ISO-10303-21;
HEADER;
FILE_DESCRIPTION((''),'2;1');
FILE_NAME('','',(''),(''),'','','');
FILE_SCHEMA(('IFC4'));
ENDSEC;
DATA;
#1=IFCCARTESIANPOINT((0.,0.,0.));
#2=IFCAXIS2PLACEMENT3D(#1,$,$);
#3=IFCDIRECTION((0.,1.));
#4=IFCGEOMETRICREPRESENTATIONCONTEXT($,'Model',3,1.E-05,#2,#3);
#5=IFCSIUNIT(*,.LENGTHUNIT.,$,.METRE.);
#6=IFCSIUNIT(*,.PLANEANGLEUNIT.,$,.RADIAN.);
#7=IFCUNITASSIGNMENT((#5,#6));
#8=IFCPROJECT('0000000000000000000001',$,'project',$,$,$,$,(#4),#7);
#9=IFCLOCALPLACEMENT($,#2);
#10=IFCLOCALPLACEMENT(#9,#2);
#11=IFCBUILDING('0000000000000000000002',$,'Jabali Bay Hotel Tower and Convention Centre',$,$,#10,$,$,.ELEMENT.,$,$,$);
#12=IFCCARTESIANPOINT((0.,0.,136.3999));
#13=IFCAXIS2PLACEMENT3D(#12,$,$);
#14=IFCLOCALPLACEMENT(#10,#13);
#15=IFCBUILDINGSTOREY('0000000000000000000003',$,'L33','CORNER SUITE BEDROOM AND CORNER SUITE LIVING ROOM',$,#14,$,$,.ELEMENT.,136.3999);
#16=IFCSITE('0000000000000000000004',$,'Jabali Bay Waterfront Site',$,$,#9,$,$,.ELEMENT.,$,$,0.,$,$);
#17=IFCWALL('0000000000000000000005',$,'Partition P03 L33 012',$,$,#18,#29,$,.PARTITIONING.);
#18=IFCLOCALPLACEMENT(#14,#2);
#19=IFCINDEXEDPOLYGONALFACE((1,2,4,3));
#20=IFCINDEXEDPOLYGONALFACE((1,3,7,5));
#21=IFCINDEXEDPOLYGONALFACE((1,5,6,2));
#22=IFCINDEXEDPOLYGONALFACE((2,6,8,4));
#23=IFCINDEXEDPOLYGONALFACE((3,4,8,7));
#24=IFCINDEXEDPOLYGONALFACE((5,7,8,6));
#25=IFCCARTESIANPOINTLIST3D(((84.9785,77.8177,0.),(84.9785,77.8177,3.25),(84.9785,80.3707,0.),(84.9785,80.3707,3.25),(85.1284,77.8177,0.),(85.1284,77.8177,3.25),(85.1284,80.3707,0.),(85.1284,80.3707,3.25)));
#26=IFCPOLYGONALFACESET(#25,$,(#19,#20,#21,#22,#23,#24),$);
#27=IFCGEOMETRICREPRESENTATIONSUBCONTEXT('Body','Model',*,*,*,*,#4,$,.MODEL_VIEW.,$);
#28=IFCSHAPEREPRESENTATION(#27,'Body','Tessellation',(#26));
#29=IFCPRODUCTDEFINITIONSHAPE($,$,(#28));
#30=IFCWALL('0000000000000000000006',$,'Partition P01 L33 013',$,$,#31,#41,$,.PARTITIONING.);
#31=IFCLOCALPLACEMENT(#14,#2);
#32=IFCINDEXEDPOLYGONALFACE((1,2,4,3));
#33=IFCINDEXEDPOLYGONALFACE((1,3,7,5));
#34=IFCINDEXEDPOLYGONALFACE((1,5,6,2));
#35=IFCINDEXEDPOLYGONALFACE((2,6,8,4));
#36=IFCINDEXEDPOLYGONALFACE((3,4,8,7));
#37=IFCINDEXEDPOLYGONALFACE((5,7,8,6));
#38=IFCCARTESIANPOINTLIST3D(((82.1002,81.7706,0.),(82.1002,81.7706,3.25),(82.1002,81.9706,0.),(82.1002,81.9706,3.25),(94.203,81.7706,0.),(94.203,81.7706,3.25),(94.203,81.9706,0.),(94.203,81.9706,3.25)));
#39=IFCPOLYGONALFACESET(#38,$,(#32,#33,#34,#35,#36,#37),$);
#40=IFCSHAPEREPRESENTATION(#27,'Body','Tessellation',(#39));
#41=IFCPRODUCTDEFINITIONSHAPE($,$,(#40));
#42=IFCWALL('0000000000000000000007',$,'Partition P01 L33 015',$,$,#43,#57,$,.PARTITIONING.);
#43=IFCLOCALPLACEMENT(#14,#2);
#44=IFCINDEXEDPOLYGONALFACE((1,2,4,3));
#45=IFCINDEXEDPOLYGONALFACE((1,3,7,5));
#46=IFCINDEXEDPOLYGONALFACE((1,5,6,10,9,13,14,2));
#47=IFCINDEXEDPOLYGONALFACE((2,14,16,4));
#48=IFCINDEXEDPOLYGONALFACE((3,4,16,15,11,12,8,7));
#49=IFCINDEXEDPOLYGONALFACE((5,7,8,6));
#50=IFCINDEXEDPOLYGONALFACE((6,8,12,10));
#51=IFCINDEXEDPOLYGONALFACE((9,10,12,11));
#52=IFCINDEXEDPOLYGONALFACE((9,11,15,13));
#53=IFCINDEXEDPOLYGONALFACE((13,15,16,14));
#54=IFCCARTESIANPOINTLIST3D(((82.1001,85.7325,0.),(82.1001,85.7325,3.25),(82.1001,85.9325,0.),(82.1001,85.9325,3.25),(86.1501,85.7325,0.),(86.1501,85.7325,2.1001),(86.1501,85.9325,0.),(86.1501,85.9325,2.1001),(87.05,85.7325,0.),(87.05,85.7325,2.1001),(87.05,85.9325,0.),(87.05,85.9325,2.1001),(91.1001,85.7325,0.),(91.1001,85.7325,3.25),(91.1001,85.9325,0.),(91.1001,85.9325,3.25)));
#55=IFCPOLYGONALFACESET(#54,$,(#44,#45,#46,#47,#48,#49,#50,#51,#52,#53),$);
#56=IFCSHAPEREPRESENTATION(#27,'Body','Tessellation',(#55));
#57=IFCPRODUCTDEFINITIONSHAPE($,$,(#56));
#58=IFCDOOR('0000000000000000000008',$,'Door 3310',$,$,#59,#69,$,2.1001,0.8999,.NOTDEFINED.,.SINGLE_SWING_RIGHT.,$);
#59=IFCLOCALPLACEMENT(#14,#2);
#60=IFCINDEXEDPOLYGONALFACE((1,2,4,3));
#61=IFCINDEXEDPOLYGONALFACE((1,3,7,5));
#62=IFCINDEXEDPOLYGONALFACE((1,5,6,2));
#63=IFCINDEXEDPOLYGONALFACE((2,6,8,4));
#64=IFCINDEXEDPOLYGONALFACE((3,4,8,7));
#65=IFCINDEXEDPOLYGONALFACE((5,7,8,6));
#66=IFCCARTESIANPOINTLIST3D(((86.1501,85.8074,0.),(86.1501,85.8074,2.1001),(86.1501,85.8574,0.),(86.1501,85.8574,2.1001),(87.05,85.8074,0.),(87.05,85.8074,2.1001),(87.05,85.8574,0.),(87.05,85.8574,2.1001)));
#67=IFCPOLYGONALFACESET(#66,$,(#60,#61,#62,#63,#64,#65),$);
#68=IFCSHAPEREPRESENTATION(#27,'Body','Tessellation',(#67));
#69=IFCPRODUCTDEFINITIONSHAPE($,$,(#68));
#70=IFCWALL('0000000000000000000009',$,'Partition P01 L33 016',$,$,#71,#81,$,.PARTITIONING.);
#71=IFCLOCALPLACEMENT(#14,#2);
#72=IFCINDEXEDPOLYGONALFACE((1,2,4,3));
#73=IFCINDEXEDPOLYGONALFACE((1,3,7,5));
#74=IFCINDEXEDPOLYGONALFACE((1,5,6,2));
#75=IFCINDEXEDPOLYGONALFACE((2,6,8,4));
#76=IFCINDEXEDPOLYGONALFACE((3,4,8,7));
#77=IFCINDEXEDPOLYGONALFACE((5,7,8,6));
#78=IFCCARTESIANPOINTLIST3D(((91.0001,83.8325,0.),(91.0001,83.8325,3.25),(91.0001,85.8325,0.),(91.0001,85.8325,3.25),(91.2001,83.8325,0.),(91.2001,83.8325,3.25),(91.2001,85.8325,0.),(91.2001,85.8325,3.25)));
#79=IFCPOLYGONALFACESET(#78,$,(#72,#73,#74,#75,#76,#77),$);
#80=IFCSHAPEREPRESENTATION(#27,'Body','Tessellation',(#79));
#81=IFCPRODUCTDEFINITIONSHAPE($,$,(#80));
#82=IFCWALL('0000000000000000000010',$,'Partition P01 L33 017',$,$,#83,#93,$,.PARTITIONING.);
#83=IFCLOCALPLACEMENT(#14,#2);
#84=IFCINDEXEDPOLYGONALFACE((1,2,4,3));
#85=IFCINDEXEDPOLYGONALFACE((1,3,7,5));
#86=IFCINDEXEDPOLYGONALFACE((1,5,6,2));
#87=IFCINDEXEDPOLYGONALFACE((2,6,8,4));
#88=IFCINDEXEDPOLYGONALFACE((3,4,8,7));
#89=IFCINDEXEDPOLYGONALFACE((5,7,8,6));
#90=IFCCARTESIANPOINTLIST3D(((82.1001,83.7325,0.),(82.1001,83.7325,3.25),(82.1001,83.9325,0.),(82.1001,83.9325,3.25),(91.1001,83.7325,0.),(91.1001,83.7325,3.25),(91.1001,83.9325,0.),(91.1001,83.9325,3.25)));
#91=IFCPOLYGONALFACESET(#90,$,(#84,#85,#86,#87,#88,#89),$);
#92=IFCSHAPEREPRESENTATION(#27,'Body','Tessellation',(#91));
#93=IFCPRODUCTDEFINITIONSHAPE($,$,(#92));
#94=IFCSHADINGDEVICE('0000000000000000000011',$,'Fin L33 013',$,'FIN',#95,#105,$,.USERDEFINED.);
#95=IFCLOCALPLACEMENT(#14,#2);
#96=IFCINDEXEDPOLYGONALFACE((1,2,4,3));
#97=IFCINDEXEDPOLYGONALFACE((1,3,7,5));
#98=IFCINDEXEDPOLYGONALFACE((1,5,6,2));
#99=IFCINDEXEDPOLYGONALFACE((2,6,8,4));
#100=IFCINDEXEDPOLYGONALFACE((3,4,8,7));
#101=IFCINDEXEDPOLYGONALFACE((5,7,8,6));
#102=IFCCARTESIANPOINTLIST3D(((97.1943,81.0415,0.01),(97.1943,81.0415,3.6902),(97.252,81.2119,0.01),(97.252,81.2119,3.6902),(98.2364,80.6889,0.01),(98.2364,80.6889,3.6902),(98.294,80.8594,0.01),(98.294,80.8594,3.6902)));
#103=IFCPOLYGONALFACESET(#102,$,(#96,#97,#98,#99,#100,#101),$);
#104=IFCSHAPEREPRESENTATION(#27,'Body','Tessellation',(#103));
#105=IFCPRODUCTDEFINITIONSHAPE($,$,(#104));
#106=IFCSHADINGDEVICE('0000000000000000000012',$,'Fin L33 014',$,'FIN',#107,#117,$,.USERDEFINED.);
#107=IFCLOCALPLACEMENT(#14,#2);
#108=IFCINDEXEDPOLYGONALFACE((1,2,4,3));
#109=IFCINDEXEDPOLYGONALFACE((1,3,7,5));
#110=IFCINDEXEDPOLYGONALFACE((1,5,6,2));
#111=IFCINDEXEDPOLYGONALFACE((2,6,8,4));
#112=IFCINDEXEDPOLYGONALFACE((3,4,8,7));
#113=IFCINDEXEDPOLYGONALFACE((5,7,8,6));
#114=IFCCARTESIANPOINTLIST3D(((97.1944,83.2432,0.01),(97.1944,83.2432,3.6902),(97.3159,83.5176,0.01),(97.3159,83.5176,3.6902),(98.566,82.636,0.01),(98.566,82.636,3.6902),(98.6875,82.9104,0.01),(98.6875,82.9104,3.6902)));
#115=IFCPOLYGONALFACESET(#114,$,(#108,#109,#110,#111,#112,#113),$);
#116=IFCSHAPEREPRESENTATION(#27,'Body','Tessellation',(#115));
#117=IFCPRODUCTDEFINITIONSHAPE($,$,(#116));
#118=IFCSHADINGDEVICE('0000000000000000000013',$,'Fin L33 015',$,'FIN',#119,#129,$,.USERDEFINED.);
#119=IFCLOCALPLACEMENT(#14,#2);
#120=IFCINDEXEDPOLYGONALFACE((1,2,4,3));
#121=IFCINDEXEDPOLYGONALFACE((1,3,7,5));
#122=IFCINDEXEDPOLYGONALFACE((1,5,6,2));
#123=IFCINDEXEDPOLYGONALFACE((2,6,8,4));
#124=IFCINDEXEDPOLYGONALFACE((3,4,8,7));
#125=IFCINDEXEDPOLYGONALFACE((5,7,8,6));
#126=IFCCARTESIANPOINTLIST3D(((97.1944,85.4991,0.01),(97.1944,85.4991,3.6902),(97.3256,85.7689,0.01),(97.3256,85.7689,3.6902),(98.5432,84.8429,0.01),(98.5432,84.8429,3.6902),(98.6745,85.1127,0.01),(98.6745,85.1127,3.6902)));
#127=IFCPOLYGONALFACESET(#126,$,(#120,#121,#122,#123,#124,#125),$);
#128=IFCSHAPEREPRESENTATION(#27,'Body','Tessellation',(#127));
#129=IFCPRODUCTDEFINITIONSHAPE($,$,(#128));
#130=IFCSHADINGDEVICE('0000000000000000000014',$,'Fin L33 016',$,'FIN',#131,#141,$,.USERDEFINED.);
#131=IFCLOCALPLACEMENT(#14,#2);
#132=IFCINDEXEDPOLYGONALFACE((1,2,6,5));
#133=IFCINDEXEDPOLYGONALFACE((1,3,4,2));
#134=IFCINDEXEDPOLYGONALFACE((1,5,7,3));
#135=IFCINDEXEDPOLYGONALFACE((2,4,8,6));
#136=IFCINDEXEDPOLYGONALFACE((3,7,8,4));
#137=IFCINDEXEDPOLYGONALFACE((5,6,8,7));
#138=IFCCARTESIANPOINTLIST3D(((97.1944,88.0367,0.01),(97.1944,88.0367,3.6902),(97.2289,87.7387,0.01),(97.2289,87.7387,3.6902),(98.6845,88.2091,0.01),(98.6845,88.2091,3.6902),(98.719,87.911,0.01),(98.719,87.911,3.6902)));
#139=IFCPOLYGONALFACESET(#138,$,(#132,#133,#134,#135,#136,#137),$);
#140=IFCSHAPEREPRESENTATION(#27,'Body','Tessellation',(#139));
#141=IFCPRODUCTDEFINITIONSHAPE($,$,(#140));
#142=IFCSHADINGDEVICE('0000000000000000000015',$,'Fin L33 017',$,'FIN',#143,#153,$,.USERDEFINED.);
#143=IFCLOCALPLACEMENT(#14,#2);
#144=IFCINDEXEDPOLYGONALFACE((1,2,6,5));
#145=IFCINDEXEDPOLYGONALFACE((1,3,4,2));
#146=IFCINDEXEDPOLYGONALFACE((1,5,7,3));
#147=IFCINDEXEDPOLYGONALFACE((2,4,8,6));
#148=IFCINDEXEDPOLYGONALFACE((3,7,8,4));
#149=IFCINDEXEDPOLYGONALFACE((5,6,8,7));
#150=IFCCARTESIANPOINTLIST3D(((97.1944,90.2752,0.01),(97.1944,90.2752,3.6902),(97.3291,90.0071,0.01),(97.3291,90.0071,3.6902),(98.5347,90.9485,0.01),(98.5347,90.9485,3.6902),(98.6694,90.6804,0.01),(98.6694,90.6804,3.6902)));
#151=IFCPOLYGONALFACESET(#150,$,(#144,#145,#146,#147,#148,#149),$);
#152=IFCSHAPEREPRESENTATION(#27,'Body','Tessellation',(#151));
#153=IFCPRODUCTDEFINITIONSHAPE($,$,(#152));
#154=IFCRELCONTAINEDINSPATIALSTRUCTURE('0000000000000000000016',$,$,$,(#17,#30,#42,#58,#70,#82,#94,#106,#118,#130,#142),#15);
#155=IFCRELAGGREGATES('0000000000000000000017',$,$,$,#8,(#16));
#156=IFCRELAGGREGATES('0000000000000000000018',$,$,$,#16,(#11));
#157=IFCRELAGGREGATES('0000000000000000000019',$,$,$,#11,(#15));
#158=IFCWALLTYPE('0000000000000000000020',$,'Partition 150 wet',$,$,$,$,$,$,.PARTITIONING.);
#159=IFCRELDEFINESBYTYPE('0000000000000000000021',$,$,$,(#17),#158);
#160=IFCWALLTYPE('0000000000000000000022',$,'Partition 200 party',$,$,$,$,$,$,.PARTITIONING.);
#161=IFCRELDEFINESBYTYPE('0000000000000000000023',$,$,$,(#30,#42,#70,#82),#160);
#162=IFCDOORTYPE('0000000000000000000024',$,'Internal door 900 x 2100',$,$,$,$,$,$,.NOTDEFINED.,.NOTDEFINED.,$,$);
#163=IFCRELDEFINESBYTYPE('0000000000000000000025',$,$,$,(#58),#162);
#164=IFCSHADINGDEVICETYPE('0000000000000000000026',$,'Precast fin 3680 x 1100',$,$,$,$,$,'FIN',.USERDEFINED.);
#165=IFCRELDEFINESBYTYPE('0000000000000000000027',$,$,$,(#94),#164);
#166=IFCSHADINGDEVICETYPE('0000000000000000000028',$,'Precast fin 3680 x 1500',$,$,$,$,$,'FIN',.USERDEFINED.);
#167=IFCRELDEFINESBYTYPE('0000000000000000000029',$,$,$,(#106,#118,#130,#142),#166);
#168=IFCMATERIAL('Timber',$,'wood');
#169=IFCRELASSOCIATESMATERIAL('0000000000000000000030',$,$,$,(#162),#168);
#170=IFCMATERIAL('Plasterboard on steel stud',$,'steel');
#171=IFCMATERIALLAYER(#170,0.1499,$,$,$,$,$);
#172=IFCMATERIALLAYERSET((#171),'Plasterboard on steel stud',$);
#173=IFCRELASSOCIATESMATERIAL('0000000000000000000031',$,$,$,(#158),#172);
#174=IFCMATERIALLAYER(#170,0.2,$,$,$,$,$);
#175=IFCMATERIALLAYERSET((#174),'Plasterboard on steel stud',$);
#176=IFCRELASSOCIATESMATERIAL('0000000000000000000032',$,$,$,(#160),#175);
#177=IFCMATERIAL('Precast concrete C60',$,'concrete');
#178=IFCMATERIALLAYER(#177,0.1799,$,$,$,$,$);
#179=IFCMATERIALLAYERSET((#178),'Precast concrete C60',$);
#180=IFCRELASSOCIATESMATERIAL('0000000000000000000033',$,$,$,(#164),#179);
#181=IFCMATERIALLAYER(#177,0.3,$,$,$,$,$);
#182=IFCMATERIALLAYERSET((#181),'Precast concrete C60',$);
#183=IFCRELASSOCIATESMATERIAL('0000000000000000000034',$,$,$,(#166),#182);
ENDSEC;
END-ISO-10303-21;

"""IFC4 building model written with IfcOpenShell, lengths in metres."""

from ifc_helpers import new_model, si_unit, direction, frame, frame_2d, origin, place, context, subcontext, project, spatial, rectangle, extrude, material, layer, layer_set, type_object, element, fill, save


model = new_model("IFC4")

# Units and contexts
model_context = context("Model", 3, precision=1e-05, world=origin(), true_north=direction((0.0, 1.0)))
body_context = subcontext(model_context, "Body", "Model", "MODEL_VIEW")
ifc_project = project(units=[si_unit("LENGTHUNIT", "METRE"), si_unit("PLANEANGLEUNIT", "RADIAN")], contexts=[model_context])

# Site, building, storey
site_placement = place(None, origin())
site = spatial("IfcSite", under=ifc_project, at=site_placement, Name="Jabali Bay Waterfront Site", CompositionType="ELEMENT", RefElevation=0.0)
building_placement = place(site_placement, origin())
building = spatial("IfcBuilding", under=site, at=building_placement, Name="Jabali Bay Hotel Tower and Convention Centre", CompositionType="ELEMENT")
storey_placement = place(building_placement, frame((0.0, 0.0, 136.3999)))
storey = spatial("IfcBuildingStorey", under=building, at=storey_placement, Name="L33", Description="CORNER SUITE BEDROOM AND CORNER SUITE LIVING ROOM", CompositionType="ELEMENT", Elevation=136.3999)

# Shared definitions
ifc_material_1 = material(Name="Plasterboard on steel stud", Category="steel")
ifc_material_2 = material(Name="Timber", Category="wood")
door_type_1 = type_object("IfcDoorType", Name="Internal door 900 x 2100", OperationType="NOTDEFINED", PredefinedType="NOTDEFINED", material=ifc_material_2)
ifc_layer_1 = layer(ifc_material_1, 0.1499)
ifc_layer_set_1 = layer_set([ifc_layer_1], Name="Plasterboard on steel stud")
wall_type_1 = type_object("IfcWallType", Name="Partition 150 wet", PredefinedType="PARTITIONING", material=ifc_layer_set_1)

# Walls
wall_1_placement = place(storey_placement, frame((85.0535, 80.3706, 0.0), z_axis=(0.0, 0.0, 1.0), x_axis=(0.0, -1.0, 0.0)))
element("IfcWall", 1, at=wall_1_placement, inside=storey, type_object=wall_type_1, Name="Partition P03 L33 012", PredefinedType="PARTITIONING", context=body_context, shape_type="SweptSolid", body=[
    extrude(rectangle(XDim=2.553, YDim=0.1499, at=frame_2d((1.2764, 0.0))), origin(), (0.0, 0.0, 1.0), 3.25),
])
ifc_layer_2 = layer(ifc_material_1, 0.2)
ifc_layer_set_2 = layer_set([ifc_layer_2], Name="Plasterboard on steel stud")
wall_type_2 = type_object("IfcWallType", Name="Partition 200 party", PredefinedType="PARTITIONING", material=ifc_layer_set_2)
wall_2_placement = place(storey_placement, frame((94.2029, 81.8706, 0.0), z_axis=(0.0, 0.0, 1.0), x_axis=(-1.0, 0.0, 0.0)))
element("IfcWall", 2, at=wall_2_placement, inside=storey, type_object=wall_type_2, Name="Partition P01 L33 013", PredefinedType="PARTITIONING", context=body_context, shape_type="SweptSolid", body=[
    extrude(rectangle(XDim=12.1028, YDim=0.2, at=frame_2d((6.0513, 0.0))), origin(), (0.0, 0.0, 1.0), 3.25),
])

# Wall, opening, door
wall_3_placement = place(storey_placement, frame((82.1001, 85.8325, 0.0), z_axis=(0.0, 0.0, 1.0), x_axis=(1.0, 0.0, 0.0)))
wall_3 = element("IfcWall", 3, at=wall_3_placement, inside=storey, type_object=wall_type_2, Name="Partition P01 L33 015", PredefinedType="PARTITIONING", context=body_context, shape_type="SweptSolid", body=[
    extrude(rectangle(XDim=9.0, YDim=0.2, at=frame_2d((4.5, 0.0))), origin(), (0.0, 0.0, 1.0), 3.25),
])
opening_1_placement = place(wall_3_placement, frame((4.05, 0.0, 0.0)))
opening_1 = element("IfcOpeningElement", 4, at=opening_1_placement, cuts=wall_3, PredefinedType="OPENING", context=body_context, shape_type="SweptSolid", body=[
    extrude(rectangle(XDim=0.8999, YDim=2.1001, at=frame_2d((0.45, 1.05))), frame((0.0, 0.1104, 0.0), z_axis=(0.0, -1.0, 0.0), x_axis=(1.0, 0.0, 0.0)), (0.0, 0.0, 1.0), 0.2209),
])
door_1_placement = place(opening_1_placement, origin())
door_1 = element("IfcDoor", 5, at=door_1_placement, inside=storey, type_object=door_type_1, Name="Door 3310", OperationType="SINGLE_SWING_RIGHT", OverallHeight=2.1001, OverallWidth=0.8999, PredefinedType="NOTDEFINED", context=body_context, shape_type="SweptSolid", body=[
    extrude(rectangle(XDim=0.8999, YDim=2.1001, at=frame_2d((0.45, 1.05))), frame((0.0, 0.0249, 0.0), z_axis=(0.0, -1.0, 0.0), x_axis=(1.0, 0.0, 0.0)), (0.0, 0.0, 1.0), 0.05),
])
fill(opening_1, door_1)

# Walls
wall_4_placement = place(storey_placement, frame((91.1001, 85.8325, 0.0), z_axis=(0.0, 0.0, 1.0), x_axis=(0.0, -1.0, 0.0)))
element("IfcWall", 6, at=wall_4_placement, inside=storey, type_object=wall_type_2, Name="Partition P01 L33 016", PredefinedType="PARTITIONING", context=body_context, shape_type="SweptSolid", body=[
    extrude(rectangle(XDim=2.0, YDim=0.2, at=frame_2d((1.0, 0.0))), origin(), (0.0, 0.0, 1.0), 3.25),
])
wall_5_placement = place(storey_placement, frame((91.1001, 83.8325, 0.0), z_axis=(0.0, 0.0, 1.0), x_axis=(-1.0, 0.0, 0.0)))
element("IfcWall", 7, at=wall_5_placement, inside=storey, type_object=wall_type_2, Name="Partition P01 L33 017", PredefinedType="PARTITIONING", context=body_context, shape_type="SweptSolid", body=[
    extrude(rectangle(XDim=9.0, YDim=0.2, at=frame_2d((4.5, 0.0))), origin(), (0.0, 0.0, 1.0), 3.25),
])

# Shading devices
ifc_material_3 = material(Name="Precast concrete C60", Category="concrete")
ifc_layer_3 = layer(ifc_material_3, 0.1799)
ifc_layer_set_3 = layer_set([ifc_layer_3], Name="Precast concrete C60")
shading_device_type_1 = type_object("IfcShadingDeviceType", Name="Precast fin 3680 x 1100", ElementType="FIN", PredefinedType="USERDEFINED", material=ifc_layer_set_3)
shading_device_placement = place(storey_placement, frame((97.2231, 81.1267, 0.01), z_axis=(0.0, 0.0, 1.0), x_axis=(0.947253, -0.320486, 0.0)))
element("IfcShadingDevice", 8, at=shading_device_placement, inside=storey, type_object=shading_device_type_1, Name="Fin L33 013", ObjectType="FIN", PredefinedType="USERDEFINED", context=body_context, shape_type="SweptSolid", body=[
    extrude(rectangle(XDim=1.1001, YDim=0.1799, at=frame_2d((0.55, 0.0))), origin(), (0.0, 0.0, 1.0), 3.6802),
])
ifc_layer_4 = layer(ifc_material_3, 0.3)
ifc_layer_set_4 = layer_set([ifc_layer_4], Name="Precast concrete C60")
shading_device_type_2 = type_object("IfcShadingDeviceType", Name="Precast fin 3680 x 1500", ElementType="FIN", PredefinedType="USERDEFINED", material=ifc_layer_set_4)
for number, where, z_axis, x_axis, name in (
    (9, (97.2551, 83.3804, 0.01), (0.0, 0.0, 1.0), (0.914408, -0.404794, 0.0), "Fin L33 014"),
    (10, (97.26, 85.634, 0.01), (0.0, 0.0, 1.0), (0.899225, -0.437487, 0.0), "Fin L33 015"),
    (11, (97.2117, 87.8877, 0.01), (0.0, 0.0, 1.0), (0.993375, 0.114914, 0.0), "Fin L33 016"),
    (12, (97.2617, 90.1411, 0.01), (0.0, 0.0, 1.0), (0.893579, 0.448906, 0.0), "Fin L33 017"),
):
    element("IfcShadingDevice", number, at=place(storey_placement, frame(where, z_axis=z_axis, x_axis=x_axis)), inside=storey, type_object=shading_device_type_2, Name=name, ObjectType="FIN", PredefinedType="USERDEFINED", context=body_context, shape_type="SweptSolid", body=[
        extrude(rectangle(XDim=1.5, YDim=0.3, at=frame_2d((0.75, 0.0))), origin(), (0.0, 0.0, 1.0), 3.6802),
    ])

save(model, "model.ifc")
